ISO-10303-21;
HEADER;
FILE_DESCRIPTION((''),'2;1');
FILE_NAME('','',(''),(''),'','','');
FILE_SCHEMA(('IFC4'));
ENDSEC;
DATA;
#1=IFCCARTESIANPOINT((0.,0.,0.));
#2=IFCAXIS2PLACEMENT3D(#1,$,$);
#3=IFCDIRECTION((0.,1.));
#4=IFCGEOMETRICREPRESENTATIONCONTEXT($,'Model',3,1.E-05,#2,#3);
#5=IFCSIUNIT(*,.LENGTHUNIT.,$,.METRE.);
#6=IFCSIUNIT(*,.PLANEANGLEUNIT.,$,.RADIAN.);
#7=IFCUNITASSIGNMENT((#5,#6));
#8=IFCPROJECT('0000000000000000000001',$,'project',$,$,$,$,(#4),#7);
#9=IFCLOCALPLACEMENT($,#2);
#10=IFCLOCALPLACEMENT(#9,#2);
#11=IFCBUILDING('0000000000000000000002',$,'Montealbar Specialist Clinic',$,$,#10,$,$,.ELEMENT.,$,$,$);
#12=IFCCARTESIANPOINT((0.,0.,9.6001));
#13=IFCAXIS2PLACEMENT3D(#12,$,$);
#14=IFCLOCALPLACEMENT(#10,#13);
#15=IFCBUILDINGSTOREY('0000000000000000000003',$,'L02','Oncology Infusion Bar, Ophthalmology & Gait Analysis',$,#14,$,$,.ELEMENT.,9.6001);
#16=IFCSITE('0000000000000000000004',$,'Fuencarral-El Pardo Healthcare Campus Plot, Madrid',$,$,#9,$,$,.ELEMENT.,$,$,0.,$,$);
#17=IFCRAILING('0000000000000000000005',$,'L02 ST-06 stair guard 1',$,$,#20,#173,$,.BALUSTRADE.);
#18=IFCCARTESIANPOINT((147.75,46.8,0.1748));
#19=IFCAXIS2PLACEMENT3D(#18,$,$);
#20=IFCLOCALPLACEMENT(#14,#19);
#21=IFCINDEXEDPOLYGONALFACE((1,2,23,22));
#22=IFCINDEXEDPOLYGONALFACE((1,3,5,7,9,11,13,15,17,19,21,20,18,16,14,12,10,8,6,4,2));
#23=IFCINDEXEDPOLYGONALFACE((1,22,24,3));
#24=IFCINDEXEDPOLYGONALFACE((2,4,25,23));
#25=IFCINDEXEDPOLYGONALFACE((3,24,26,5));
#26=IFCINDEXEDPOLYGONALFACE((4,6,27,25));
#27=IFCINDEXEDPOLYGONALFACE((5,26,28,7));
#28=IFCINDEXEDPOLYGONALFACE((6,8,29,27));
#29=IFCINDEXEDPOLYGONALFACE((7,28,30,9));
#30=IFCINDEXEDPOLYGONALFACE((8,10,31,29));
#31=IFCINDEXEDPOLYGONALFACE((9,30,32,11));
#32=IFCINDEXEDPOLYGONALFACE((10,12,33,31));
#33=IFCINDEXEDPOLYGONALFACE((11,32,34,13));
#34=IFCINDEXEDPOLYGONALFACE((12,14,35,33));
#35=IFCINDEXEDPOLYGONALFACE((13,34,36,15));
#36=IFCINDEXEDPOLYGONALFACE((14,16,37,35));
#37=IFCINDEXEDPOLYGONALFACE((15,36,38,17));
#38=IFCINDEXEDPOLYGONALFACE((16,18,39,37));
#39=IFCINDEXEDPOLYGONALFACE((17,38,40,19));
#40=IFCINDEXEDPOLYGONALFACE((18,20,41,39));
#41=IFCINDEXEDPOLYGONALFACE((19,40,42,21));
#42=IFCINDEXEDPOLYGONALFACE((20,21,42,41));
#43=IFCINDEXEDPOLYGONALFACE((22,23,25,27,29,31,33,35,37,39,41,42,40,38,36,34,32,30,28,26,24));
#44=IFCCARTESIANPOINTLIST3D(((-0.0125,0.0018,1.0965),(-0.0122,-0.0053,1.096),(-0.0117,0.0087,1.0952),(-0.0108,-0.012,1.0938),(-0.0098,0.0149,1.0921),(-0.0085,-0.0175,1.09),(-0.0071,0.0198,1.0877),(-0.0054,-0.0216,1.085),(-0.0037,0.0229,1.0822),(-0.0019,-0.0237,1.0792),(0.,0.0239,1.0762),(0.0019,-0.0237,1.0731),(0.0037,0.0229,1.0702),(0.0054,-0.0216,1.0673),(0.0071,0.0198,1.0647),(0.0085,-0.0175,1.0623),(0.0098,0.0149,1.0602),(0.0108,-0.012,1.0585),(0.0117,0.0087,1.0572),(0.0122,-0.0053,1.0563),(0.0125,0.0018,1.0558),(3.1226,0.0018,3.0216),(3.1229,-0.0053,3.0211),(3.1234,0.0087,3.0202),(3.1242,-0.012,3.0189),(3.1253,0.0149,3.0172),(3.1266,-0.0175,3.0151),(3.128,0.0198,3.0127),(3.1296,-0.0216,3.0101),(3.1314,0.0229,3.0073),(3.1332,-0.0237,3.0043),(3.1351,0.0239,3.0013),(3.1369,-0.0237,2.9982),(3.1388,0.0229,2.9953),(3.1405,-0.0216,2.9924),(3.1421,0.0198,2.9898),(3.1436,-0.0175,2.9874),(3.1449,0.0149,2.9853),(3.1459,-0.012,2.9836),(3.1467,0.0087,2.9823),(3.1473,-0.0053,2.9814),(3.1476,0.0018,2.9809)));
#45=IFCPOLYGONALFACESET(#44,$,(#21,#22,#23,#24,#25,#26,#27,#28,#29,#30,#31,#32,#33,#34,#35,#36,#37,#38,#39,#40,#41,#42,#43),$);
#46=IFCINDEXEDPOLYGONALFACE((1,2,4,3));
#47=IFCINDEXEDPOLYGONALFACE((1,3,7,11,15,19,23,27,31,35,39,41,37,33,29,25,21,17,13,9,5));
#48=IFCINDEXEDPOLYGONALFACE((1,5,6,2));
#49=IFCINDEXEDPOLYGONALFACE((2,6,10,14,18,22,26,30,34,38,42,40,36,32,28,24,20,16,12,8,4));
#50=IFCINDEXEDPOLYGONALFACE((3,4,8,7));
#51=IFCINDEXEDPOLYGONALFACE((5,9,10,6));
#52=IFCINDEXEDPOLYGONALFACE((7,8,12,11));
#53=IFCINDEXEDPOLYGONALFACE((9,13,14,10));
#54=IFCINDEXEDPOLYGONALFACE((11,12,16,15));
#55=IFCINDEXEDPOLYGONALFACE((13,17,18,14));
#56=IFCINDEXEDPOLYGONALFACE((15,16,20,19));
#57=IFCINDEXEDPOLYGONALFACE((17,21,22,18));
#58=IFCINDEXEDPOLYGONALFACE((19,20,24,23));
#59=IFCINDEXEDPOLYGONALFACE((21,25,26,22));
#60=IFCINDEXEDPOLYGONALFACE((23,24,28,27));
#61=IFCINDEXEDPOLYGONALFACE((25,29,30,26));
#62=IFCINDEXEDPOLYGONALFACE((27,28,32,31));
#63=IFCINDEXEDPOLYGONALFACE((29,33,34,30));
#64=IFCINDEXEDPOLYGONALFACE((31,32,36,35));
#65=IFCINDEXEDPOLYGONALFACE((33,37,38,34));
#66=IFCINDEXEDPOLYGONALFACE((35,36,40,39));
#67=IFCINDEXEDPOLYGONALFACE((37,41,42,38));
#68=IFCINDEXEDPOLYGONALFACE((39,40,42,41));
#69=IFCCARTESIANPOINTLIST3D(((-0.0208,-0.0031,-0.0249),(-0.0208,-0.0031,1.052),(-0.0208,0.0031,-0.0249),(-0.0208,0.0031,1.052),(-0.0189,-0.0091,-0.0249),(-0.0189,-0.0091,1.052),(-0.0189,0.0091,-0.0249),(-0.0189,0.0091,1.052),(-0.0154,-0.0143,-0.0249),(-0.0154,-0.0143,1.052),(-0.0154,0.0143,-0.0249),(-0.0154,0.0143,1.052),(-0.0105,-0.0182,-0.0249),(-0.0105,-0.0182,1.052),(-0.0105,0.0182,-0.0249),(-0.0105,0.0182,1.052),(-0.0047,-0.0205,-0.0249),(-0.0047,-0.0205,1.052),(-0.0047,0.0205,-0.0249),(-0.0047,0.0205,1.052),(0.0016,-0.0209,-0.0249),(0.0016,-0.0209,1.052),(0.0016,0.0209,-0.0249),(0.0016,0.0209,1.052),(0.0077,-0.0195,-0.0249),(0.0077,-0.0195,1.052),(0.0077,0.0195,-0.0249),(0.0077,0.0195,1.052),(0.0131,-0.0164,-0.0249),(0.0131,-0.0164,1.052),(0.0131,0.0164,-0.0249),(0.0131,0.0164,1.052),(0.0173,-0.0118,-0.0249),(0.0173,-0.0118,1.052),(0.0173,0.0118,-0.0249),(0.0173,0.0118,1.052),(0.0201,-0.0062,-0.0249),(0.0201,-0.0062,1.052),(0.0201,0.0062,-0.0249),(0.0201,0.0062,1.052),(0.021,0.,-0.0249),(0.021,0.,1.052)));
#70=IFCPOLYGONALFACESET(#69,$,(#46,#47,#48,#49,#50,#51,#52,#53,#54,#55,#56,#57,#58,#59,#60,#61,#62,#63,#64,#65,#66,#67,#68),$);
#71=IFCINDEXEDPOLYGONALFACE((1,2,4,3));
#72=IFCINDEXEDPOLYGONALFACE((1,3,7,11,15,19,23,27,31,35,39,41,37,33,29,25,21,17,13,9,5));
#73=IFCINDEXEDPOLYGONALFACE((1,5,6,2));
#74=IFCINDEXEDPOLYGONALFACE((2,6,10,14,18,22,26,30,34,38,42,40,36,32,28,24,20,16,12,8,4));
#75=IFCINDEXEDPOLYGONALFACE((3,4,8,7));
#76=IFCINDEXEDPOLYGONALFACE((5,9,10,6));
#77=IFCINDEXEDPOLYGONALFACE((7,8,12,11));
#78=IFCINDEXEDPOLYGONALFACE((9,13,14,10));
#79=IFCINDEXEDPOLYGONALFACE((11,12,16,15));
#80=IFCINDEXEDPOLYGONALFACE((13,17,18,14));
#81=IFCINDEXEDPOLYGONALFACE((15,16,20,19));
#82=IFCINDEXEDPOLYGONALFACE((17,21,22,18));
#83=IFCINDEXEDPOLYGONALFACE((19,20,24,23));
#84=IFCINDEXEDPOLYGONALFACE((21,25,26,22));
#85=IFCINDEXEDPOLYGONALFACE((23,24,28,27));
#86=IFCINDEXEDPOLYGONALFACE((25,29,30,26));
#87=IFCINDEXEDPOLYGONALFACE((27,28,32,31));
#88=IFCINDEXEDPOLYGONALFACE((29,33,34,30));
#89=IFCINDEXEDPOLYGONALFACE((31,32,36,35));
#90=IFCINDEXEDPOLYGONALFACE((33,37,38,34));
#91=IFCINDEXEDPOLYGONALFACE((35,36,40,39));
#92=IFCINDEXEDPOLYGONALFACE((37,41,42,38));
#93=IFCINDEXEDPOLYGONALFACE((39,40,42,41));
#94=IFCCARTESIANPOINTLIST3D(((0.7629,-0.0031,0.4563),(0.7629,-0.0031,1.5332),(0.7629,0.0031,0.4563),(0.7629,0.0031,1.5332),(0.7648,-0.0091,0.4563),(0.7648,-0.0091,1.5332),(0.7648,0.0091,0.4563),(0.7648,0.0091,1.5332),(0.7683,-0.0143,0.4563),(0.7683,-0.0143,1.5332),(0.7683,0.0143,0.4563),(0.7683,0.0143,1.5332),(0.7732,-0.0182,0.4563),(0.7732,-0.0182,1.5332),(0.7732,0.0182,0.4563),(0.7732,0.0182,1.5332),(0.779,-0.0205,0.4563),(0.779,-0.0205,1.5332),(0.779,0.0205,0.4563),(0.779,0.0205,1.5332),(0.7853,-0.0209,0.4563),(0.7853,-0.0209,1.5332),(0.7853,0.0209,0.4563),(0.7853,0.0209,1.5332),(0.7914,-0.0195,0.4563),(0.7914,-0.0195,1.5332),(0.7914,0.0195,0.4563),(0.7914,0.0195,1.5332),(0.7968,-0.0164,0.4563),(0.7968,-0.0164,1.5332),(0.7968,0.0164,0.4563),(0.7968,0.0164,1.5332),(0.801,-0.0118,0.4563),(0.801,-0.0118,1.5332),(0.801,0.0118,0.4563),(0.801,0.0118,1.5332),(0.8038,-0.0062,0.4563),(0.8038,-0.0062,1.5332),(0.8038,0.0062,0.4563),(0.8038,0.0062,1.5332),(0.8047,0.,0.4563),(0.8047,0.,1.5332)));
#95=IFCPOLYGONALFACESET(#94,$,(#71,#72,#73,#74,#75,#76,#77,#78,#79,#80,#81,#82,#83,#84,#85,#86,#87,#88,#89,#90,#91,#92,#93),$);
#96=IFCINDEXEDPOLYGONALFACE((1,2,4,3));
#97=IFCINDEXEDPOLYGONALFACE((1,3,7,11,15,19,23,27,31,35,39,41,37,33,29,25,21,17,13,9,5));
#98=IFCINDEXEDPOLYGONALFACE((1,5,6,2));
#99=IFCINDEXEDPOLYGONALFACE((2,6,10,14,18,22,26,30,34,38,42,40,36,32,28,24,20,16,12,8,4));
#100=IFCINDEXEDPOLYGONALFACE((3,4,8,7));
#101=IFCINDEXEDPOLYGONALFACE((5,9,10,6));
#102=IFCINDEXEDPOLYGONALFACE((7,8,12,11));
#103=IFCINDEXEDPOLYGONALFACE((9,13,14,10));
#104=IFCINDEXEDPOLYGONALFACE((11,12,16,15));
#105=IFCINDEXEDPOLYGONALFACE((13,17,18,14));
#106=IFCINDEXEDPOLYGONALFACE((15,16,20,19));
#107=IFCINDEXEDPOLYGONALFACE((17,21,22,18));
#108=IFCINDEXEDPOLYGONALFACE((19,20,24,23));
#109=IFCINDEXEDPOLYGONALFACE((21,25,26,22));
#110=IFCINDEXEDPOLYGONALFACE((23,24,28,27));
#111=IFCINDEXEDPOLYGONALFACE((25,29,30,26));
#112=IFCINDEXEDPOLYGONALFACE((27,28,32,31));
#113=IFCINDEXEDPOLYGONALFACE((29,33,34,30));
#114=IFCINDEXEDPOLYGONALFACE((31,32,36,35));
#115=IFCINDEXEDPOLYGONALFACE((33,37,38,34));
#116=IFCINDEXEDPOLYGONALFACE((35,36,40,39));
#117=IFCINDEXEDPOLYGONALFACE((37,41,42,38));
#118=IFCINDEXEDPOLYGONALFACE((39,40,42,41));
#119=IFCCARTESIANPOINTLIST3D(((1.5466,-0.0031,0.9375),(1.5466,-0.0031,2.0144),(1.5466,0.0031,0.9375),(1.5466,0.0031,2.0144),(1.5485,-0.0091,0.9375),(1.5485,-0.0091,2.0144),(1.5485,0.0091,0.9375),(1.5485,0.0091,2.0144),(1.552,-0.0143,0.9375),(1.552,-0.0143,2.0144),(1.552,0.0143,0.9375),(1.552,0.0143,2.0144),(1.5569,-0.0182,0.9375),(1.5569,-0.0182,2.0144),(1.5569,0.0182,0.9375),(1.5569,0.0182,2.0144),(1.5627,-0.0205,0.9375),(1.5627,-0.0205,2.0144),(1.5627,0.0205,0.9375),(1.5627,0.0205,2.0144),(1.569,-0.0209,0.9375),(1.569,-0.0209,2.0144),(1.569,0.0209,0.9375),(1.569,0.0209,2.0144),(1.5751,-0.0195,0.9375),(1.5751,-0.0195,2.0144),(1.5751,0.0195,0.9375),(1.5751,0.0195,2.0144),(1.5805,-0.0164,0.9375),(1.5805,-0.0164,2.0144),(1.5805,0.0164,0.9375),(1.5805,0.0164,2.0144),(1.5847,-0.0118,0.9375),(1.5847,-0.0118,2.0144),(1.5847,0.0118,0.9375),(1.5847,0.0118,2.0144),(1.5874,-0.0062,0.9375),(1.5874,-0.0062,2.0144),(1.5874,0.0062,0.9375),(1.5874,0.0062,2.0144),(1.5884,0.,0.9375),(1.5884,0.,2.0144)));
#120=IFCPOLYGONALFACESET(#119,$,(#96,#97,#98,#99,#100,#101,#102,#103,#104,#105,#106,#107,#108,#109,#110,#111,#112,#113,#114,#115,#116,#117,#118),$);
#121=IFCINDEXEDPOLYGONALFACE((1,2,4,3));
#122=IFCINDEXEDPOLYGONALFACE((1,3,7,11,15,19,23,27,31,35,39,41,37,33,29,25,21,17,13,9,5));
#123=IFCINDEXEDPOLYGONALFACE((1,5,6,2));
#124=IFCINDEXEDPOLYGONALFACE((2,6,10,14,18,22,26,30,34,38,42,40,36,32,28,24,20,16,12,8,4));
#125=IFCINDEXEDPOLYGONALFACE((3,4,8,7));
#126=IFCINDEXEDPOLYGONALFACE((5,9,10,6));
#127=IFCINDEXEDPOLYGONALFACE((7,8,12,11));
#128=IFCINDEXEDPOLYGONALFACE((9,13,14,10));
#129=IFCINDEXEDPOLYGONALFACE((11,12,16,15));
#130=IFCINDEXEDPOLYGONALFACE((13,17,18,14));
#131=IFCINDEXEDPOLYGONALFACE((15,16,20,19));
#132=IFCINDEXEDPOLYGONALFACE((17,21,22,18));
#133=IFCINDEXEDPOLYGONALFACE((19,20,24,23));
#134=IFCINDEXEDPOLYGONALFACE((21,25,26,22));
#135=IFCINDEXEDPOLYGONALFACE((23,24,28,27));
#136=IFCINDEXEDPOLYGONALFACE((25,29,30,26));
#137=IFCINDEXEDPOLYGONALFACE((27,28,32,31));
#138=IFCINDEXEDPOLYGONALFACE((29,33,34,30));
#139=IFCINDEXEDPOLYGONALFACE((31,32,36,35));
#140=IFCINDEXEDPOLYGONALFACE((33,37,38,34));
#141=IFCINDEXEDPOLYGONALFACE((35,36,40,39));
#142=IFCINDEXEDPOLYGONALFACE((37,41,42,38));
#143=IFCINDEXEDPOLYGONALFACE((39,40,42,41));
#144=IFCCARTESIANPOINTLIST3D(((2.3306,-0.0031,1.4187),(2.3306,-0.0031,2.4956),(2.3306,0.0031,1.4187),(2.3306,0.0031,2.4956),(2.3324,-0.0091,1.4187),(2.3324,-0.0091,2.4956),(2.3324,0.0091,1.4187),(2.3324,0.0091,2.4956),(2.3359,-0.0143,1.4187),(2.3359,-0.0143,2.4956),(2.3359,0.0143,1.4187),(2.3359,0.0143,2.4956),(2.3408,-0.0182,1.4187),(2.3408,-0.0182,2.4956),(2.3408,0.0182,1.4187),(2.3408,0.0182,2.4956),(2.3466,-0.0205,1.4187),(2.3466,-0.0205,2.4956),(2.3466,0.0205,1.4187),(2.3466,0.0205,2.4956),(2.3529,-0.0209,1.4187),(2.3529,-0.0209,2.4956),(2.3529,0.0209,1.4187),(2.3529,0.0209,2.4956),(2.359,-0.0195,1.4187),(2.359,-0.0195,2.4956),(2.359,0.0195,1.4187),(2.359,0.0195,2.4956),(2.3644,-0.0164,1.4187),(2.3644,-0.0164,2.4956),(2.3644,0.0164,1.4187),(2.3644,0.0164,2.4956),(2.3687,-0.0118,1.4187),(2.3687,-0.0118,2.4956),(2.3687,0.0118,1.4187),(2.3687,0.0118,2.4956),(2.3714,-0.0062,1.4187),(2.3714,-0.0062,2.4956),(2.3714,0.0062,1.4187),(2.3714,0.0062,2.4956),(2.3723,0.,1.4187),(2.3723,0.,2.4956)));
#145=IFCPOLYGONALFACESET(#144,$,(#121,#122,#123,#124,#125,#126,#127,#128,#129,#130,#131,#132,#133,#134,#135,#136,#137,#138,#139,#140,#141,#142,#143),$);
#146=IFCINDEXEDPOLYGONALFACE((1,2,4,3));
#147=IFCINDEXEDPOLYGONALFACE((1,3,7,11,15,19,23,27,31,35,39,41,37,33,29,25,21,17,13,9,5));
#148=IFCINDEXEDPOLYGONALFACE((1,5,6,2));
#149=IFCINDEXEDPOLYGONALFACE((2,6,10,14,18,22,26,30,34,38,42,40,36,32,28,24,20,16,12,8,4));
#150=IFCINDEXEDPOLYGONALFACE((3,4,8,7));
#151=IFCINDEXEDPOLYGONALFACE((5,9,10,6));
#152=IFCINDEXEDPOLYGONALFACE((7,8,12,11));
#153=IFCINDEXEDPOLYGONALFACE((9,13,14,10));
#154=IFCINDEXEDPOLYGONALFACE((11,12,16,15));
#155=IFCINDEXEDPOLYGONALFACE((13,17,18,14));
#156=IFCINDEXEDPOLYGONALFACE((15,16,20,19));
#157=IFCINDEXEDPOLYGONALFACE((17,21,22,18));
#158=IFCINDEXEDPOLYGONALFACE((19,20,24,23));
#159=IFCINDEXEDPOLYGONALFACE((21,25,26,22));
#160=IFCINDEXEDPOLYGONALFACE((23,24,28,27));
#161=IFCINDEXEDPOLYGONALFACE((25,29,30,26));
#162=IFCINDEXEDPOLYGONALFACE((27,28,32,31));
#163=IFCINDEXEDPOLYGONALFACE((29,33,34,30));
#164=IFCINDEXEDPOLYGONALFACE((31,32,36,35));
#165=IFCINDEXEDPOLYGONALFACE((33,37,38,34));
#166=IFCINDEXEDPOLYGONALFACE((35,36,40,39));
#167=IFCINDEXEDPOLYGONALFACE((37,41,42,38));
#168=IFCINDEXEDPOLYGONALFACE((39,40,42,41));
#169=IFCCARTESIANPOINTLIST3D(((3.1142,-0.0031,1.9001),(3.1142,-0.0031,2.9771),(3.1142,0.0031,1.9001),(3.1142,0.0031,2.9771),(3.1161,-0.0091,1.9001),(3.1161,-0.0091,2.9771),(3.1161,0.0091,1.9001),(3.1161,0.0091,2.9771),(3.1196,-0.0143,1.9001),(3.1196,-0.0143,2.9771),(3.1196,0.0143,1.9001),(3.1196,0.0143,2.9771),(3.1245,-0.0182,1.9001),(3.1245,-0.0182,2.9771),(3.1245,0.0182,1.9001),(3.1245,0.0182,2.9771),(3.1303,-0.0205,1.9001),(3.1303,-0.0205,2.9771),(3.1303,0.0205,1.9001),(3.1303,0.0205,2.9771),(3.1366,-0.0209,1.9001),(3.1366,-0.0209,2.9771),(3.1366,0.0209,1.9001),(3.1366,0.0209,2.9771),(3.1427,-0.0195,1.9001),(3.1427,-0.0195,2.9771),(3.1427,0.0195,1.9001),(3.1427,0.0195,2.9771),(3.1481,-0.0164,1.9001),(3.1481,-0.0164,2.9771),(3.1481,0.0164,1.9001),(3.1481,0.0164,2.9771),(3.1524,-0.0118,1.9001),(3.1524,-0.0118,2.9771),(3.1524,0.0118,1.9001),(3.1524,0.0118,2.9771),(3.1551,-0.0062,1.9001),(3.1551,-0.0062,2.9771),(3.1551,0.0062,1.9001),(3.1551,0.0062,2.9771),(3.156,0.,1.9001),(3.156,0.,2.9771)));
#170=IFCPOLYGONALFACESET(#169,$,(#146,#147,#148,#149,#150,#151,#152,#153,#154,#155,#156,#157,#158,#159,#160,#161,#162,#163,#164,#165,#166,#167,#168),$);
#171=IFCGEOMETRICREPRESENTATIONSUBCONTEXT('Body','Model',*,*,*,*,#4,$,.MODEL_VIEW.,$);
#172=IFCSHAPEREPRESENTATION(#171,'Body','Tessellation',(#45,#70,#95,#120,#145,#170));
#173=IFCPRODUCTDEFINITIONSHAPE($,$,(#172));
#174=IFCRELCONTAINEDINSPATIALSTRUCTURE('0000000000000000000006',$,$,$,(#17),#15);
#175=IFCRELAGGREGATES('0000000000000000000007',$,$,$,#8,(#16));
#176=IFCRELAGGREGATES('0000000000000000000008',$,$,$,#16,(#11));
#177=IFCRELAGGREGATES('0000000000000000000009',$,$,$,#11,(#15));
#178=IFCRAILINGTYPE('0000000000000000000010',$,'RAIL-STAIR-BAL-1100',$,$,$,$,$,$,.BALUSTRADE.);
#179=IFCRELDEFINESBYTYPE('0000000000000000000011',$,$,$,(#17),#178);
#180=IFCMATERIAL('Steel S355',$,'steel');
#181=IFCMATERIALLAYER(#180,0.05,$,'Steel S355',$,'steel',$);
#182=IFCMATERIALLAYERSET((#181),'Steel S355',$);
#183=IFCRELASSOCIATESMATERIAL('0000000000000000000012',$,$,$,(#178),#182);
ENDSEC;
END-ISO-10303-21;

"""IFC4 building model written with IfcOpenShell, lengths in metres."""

from ifc_helpers import new_model, si_unit, direction, frame, origin, origin_2d, place, context, subcontext, project, spatial, circle, extrude, material, layer, layer_set, type_object, element, save


model = new_model("IFC4")

# Units and contexts
model_context = context("Model", 3, precision=1e-05, world=origin(), true_north=direction((0.0, 1.0)))
body_context = subcontext(model_context, "Body", "Model", "MODEL_VIEW")
ifc_project = project(units=[si_unit("LENGTHUNIT", "METRE"), si_unit("PLANEANGLEUNIT", "RADIAN")], contexts=[model_context])

# Site, building, storey
site_placement = place(None, origin())
site = spatial("IfcSite", under=ifc_project, at=site_placement, Name="Fuencarral-El Pardo Healthcare Campus Plot, Madrid", CompositionType="ELEMENT", RefElevation=0.0)
building_placement = place(site_placement, origin())
building = spatial("IfcBuilding", under=site, at=building_placement, Name="Montealbar Specialist Clinic", CompositionType="ELEMENT")
storey_placement = place(building_placement, frame((0.0, 0.0, 9.6001)))
storey = spatial("IfcBuildingStorey", under=building, at=storey_placement, Name="L02", Description="Oncology Infusion Bar, Ophthalmology & Gait Analysis", CompositionType="ELEMENT", Elevation=9.6001)

# Shared definitions
ifc_material_1 = material(Name="Steel S355", Category="steel")

# Railing
ifc_layer_1 = layer(ifc_material_1, 0.05, Name="Steel S355", Category="steel")
ifc_layer_set_1 = layer_set([ifc_layer_1], Name="Steel S355")
railing_type_1 = type_object("IfcRailingType", Name="RAIL-STAIR-BAL-1100", PredefinedType="BALUSTRADE", material=ifc_layer_set_1)
railing_1_placement = place(storey_placement, frame((147.75, 46.8, 0.1748)))
element("IfcRailing", 1, at=railing_1_placement, inside=storey, type_object=railing_type_1, Name="L02 ST-06 stair guard 1", PredefinedType="BALUSTRADE", context=body_context, shape_type="SweptSolid", body=[
    extrude(circle(Radius=0.0239, at=origin_2d()), frame((0.0, 0.0, 1.0762), z_axis=(0.852166, 0.0, 0.523271), x_axis=(0.0, 1.0, 0.0)), (0.0, 0.0, 1.0), 3.679),
    extrude(circle(Radius=0.021, at=origin_2d()), frame((0.0, 0.0, -0.0249)), (0.0, 0.0, 1.0), 1.0769),
    extrude(circle(Radius=0.021, at=origin_2d()), frame((0.7837, 0.0, 0.4563)), (0.0, 0.0, 1.0), 1.0769),
    extrude(circle(Radius=0.021, at=origin_2d()), frame((1.5674, 0.0, 0.9375)), (0.0, 0.0, 1.0), 1.0769),
    extrude(circle(Radius=0.021, at=origin_2d()), frame((2.3513, 0.0, 1.4187)), (0.0, 0.0, 1.0), 1.0769),
    extrude(circle(Radius=0.021, at=origin_2d()), frame((3.135, 0.0, 1.9001)), (0.0, 0.0, 1.0), 1.0769),
])

save(model, "model.ifc")
